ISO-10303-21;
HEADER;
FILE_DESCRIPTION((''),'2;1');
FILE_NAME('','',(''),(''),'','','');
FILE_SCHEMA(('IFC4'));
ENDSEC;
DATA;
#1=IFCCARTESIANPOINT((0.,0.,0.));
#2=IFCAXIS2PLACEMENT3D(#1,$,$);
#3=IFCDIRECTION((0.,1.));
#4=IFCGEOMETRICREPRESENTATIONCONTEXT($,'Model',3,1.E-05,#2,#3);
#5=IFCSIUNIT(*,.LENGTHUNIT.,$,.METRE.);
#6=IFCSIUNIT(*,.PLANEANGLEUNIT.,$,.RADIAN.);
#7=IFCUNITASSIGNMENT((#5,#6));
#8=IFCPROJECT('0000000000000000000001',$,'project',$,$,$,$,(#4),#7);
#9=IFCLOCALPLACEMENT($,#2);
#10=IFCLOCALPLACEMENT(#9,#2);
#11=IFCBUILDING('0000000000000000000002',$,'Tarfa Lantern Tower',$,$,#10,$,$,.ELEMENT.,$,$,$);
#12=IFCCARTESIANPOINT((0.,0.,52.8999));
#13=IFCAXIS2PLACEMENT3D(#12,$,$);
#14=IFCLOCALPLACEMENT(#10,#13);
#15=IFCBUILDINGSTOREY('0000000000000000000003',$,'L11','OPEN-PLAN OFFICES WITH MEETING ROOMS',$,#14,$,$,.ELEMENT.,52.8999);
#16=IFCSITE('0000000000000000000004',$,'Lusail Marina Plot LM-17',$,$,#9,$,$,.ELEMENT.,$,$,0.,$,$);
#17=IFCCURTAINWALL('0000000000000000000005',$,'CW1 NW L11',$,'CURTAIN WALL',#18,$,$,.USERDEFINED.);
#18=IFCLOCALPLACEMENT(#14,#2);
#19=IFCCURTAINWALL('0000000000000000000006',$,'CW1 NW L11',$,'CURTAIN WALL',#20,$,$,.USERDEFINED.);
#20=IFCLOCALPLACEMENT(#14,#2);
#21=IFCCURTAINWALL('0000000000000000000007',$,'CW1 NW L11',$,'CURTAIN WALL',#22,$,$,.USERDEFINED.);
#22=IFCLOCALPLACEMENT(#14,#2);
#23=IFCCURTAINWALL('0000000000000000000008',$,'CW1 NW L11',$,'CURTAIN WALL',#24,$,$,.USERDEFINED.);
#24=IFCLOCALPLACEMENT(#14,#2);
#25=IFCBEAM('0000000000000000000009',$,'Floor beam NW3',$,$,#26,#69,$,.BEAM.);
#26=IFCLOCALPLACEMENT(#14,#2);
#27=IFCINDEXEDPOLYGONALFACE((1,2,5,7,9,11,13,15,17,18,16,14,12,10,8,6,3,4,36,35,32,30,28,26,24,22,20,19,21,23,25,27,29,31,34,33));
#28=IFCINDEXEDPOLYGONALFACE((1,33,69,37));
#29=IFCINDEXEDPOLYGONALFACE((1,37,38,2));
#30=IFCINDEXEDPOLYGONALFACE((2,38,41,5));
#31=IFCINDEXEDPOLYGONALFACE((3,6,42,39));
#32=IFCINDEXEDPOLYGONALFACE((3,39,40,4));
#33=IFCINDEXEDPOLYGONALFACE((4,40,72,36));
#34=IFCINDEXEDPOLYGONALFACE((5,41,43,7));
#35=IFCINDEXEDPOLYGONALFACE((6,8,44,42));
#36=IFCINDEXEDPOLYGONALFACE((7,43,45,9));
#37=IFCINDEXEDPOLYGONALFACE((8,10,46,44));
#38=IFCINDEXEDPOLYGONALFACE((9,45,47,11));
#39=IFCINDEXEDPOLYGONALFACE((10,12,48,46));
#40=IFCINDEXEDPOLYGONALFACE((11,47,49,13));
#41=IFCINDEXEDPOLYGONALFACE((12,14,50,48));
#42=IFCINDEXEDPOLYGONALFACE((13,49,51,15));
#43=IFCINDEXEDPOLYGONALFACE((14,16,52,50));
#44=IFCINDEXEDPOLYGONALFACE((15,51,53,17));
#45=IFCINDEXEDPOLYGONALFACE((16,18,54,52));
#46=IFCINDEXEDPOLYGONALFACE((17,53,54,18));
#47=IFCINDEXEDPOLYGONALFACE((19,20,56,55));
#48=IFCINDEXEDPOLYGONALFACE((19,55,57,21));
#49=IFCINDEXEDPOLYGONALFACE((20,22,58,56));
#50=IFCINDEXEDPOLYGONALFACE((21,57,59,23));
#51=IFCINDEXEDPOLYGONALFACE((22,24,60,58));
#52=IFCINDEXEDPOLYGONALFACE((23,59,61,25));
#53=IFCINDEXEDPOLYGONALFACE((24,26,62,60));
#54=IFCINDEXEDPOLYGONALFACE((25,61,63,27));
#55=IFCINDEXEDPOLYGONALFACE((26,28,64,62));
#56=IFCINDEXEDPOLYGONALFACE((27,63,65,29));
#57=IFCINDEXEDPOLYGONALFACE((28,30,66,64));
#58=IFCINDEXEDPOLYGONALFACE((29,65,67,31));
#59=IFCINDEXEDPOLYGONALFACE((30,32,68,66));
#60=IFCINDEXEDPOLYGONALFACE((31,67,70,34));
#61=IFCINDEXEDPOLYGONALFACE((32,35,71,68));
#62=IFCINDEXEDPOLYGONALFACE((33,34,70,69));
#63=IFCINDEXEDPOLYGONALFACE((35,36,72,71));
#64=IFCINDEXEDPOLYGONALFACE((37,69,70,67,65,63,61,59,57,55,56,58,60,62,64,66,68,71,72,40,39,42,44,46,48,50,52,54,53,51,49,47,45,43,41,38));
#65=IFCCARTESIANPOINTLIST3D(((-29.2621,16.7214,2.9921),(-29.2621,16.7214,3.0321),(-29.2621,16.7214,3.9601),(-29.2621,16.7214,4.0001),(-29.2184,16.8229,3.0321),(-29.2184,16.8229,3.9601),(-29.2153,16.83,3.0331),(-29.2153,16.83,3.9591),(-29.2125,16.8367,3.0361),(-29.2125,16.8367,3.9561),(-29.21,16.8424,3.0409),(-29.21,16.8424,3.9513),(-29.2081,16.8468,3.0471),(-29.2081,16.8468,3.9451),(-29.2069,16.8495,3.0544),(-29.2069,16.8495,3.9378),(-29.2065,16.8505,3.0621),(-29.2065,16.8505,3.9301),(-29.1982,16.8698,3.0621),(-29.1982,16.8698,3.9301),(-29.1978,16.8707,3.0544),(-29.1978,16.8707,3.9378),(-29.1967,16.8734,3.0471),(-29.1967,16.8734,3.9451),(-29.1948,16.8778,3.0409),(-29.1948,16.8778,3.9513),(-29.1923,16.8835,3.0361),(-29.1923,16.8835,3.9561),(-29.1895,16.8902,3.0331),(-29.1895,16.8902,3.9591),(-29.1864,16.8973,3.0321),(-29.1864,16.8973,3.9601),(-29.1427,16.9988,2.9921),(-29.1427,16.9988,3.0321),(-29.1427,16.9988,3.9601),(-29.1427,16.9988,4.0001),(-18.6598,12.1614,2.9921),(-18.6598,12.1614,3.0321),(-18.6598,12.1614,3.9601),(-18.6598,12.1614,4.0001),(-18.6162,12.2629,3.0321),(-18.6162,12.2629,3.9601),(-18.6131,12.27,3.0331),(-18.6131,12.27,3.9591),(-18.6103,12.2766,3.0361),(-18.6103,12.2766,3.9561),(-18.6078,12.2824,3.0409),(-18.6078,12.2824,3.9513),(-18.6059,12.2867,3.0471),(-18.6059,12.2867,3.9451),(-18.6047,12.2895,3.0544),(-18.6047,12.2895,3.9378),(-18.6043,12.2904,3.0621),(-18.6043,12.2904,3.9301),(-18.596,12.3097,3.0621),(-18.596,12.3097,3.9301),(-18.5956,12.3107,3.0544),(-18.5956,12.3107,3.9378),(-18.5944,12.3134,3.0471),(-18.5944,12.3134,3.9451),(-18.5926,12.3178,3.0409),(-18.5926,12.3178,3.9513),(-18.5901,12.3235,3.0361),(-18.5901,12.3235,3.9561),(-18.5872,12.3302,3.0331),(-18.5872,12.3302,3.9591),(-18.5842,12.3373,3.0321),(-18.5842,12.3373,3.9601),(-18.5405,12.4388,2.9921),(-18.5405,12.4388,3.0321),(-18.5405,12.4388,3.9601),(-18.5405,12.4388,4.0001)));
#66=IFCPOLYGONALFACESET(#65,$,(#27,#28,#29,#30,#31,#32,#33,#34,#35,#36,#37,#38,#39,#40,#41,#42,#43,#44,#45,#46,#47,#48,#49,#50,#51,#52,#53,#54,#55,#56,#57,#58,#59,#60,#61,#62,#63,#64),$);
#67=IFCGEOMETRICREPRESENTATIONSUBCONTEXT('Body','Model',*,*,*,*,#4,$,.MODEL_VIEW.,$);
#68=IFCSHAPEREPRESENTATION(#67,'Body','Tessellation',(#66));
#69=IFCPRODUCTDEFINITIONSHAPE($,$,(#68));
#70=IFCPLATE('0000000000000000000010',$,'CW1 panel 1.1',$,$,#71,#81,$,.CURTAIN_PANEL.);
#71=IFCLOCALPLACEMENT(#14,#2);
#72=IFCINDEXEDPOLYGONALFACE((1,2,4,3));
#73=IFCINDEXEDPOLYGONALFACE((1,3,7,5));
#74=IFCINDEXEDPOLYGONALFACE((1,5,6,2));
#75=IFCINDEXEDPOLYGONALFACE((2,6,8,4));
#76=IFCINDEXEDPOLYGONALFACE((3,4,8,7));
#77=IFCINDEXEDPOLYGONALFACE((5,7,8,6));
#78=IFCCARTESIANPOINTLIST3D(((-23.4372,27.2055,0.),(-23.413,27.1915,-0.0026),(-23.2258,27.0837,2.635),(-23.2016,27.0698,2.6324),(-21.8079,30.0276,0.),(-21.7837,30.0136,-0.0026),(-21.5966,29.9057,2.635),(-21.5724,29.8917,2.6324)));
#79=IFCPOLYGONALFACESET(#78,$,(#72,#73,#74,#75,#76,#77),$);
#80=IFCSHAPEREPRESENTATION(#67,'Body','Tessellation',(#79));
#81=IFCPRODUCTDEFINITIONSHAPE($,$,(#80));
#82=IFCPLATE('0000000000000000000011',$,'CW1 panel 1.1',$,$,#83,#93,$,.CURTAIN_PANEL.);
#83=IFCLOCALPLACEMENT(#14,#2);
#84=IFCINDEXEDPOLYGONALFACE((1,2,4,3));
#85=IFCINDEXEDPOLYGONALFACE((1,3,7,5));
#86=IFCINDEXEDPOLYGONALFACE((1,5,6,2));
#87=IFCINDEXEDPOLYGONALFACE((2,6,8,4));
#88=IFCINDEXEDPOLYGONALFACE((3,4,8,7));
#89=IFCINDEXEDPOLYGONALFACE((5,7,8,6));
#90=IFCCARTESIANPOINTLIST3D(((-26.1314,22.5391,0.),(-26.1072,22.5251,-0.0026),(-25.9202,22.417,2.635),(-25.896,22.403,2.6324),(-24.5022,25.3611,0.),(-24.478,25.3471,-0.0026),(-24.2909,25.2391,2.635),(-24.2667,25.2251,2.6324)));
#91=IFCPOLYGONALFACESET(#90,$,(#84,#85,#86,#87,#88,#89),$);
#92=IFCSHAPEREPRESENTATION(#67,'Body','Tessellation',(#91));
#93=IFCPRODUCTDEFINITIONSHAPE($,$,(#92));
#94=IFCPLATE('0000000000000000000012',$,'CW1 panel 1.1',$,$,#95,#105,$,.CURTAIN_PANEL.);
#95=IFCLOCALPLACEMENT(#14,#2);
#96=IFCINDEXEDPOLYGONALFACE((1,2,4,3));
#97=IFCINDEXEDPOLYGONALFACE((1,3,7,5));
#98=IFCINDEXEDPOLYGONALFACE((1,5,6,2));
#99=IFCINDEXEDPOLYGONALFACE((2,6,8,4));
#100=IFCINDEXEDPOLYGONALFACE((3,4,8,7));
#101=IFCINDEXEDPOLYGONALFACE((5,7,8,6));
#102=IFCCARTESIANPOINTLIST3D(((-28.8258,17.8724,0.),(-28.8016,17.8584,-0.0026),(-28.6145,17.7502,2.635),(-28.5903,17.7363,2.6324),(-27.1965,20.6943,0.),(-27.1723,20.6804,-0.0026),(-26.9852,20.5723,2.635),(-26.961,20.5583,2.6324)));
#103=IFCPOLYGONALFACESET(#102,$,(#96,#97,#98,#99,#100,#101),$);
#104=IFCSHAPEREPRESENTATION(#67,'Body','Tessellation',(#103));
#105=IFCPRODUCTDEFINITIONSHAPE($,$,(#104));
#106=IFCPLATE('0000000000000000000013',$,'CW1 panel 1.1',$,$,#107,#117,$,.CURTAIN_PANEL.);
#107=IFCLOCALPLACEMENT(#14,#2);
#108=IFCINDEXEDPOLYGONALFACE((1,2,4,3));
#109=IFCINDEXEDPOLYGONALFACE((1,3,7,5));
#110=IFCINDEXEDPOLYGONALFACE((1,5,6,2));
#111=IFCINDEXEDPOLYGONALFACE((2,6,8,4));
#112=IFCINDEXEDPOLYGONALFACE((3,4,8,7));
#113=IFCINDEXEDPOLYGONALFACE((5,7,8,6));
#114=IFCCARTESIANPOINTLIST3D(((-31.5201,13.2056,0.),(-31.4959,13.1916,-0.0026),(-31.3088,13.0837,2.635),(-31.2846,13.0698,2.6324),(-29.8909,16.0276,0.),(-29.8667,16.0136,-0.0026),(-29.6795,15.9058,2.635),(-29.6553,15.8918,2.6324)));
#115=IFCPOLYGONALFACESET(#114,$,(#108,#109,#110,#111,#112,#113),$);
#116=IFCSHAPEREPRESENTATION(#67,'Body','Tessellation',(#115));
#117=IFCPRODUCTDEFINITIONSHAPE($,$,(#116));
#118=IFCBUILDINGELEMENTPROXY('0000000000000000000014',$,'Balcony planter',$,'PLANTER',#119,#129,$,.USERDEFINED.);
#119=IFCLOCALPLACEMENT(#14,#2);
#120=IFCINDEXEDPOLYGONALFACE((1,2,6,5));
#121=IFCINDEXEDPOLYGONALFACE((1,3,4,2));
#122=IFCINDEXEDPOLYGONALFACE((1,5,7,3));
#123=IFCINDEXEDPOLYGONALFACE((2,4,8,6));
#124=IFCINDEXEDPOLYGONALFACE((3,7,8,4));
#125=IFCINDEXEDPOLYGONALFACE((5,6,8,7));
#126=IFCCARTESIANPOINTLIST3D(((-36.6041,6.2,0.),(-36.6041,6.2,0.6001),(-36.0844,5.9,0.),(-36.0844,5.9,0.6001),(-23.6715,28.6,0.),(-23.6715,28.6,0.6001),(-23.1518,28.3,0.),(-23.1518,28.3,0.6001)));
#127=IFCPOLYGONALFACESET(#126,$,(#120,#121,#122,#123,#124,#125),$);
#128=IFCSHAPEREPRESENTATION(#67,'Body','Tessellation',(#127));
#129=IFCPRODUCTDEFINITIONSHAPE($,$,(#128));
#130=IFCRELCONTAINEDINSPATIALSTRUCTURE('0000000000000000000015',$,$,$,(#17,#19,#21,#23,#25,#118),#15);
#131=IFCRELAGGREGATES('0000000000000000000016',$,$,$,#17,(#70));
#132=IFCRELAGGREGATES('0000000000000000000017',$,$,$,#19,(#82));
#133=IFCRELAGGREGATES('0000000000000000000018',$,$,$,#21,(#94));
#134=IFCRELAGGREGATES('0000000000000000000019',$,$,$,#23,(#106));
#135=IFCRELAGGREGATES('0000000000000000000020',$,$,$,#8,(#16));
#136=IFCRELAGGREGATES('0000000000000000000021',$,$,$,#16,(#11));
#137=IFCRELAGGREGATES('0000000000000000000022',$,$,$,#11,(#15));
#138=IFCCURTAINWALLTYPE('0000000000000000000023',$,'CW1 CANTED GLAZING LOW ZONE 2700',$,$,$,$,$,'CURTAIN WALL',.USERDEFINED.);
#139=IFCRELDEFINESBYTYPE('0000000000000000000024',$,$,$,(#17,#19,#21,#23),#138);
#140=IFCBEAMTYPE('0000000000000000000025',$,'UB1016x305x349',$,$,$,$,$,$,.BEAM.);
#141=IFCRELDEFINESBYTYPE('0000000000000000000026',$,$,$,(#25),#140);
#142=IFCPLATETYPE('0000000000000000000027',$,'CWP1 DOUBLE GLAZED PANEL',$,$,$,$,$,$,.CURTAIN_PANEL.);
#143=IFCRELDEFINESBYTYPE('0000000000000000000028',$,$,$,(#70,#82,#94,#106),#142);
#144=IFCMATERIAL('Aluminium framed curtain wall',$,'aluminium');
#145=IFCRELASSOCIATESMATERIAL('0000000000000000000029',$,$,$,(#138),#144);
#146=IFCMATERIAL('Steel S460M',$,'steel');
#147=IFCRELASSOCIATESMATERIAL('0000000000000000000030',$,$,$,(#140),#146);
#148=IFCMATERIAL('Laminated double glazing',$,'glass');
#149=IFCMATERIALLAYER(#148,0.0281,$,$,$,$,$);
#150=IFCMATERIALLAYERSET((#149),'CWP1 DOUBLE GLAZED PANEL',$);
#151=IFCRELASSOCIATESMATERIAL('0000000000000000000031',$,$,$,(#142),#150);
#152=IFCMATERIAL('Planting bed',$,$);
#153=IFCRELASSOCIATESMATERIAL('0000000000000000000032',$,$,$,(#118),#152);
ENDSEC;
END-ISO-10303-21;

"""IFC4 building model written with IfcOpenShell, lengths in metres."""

from ifc_helpers import new_model, si_unit, direction, frame, origin, origin_2d, place, context, subcontext, project, spatial, polyline, rectangle, i_section, outline, extrude, material, layer, layer_set, material_profile, profile_set, type_object, element, aggregate, save


model = new_model("IFC4")

# Units and contexts
model_context = context("Model", 3, precision=1e-05, world=origin(), true_north=direction((0.0, 1.0)))
body_context = subcontext(model_context, "Body", "Model", "MODEL_VIEW")
ifc_project = project(units=[si_unit("LENGTHUNIT", "METRE"), si_unit("PLANEANGLEUNIT", "RADIAN")], contexts=[model_context])

# Site, building, storey
site_placement = place(None, origin())
site = spatial("IfcSite", under=ifc_project, at=site_placement, Name="Lusail Marina Plot LM-17", CompositionType="ELEMENT", RefElevation=0.0)
building_placement = place(site_placement, origin())
building = spatial("IfcBuilding", under=site, at=building_placement, Name="Tarfa Lantern Tower", CompositionType="ELEMENT")
storey_placement = place(building_placement, frame((0.0, 0.0, 52.8999)))
storey = spatial("IfcBuildingStorey", under=building, at=storey_placement, Name="L11", Description="OPEN-PLAN OFFICES WITH MEETING ROOMS", CompositionType="ELEMENT", Elevation=52.8999)

# Curtain walls
ifc_material_1 = material(Name="Aluminium framed curtain wall", Category="aluminium")
curtain_wall_type = type_object("IfcCurtainWallType", Name="CW1 CANTED GLAZING LOW ZONE 2700", ElementType="CURTAIN WALL", PredefinedType="USERDEFINED", material=ifc_material_1)
curtain_wall_1_placement = place(storey_placement, origin())
curtain_wall_1 = element("IfcCurtainWall", 1, at=curtain_wall_1_placement, inside=storey, type_object=curtain_wall_type, Name="CW1 NW L11", ObjectType="CURTAIN WALL", PredefinedType="USERDEFINED")
curtain_wall_2_placement = place(storey_placement, origin())
curtain_wall_2 = element("IfcCurtainWall", 2, at=curtain_wall_2_placement, inside=storey, type_object=curtain_wall_type, Name="CW1 NW L11", ObjectType="CURTAIN WALL", PredefinedType="USERDEFINED")
curtain_wall_3_placement = place(storey_placement, origin())
curtain_wall_3 = element("IfcCurtainWall", 3, at=curtain_wall_3_placement, inside=storey, type_object=curtain_wall_type, Name="CW1 NW L11", ObjectType="CURTAIN WALL", PredefinedType="USERDEFINED")

# Curtain wall
curtain_wall_4_placement = place(storey_placement, origin())
curtain_wall_4 = element("IfcCurtainWall", 4, at=curtain_wall_4_placement, inside=storey, type_object=curtain_wall_type, Name="CW1 NW L11", ObjectType="CURTAIN WALL", PredefinedType="USERDEFINED")

# Beam
ifc_material_2 = material(Name="Steel S460M", Category="steel")
ifc_material_profile_1 = material_profile(ifc_material_2, i_section(OverallWidth=0.302, OverallDepth=1.0081, WebThickness=0.021, FlangeThickness=0.04, FilletRadius=0.03, at=origin_2d()), Name="UB1016x305x349")
ifc_profile_set_1 = profile_set([ifc_material_profile_1], Name="Steel S460M")
beam_type_1 = type_object("IfcBeamType", Name="UB1016x305x349", PredefinedType="BEAM", material=ifc_profile_set_1)
beam_1_placement = place(storey_placement, frame((-29.2024, 16.8601, 3.4961), z_axis=(0.918635, -0.395106, 0.0), x_axis=(0.395106, 0.918635, 0.0)))
element("IfcBeam", 5, at=beam_1_placement, inside=storey, type_object=beam_type_1, Name="Floor beam NW3", PredefinedType="BEAM", context=body_context, shape_type="SweptSolid", body=[
    extrude(i_section(OverallWidth=0.302, OverallDepth=1.0081, WebThickness=0.021, FlangeThickness=0.04, FilletRadius=0.03, at=origin_2d()), origin(), (0.0, 0.0, 1.0), 11.5413),
])

# Plates
ifc_material_3 = material(Name="Laminated double glazing", Category="glass")
ifc_layer = layer(ifc_material_3, 0.0281)
ifc_layer_set = layer_set([ifc_layer], Name="CWP1 DOUBLE GLAZED PANEL")
plate_type = type_object("IfcPlateType", Name="CWP1 DOUBLE GLAZED PANEL", PredefinedType="CURTAIN_PANEL", material=ifc_layer_set)
plate_1_placement = place(storey_placement, frame((-21.8079, 30.0276, 0.0), z_axis=(-0.862342, 0.497867, 0.09217), x_axis=(-0.499995, -0.866028, -0.000003)))
plate_1 = element("IfcPlate", 6, at=plate_1_placement, type_object=plate_type, Name="CW1 panel 1.1", PredefinedType="CURTAIN_PANEL", context=body_context, shape_type="SweptSolid", body=[
    extrude(outline(polyline([(0.0, 0.0), (3.2586, 0.0), (3.2584, 2.6463), (-0.0001, 2.6463), (0.0, 0.0)])), origin(), (0.0, 0.0, -1.0), 0.0281),
])
aggregate(curtain_wall_1, [plate_1])
plate_2_placement = place(storey_placement, frame((-24.5022, 25.3611, 0.0), z_axis=(-0.862338, 0.497864, 0.092216), x_axis=(-0.499995, -0.866029, 0.000003)))
plate_2 = element("IfcPlate", 7, at=plate_2_placement, type_object=plate_type, Name="CW1 panel 1.1", PredefinedType="CURTAIN_PANEL", context=body_context, shape_type="SweptSolid", body=[
    extrude(outline(polyline([(0.0, 0.0), (3.2585, 0.0), (3.2587, 2.6463), (0.0, 2.6463), (0.0, 0.0)])), origin(), (0.0, 0.0, -1.0), 0.0281),
])
aggregate(curtain_wall_2, [plate_2])
plate_3_placement = place(storey_placement, frame((-27.1965, 20.6943, 0.0), z_axis=(-0.862338, 0.497864, 0.092216), x_axis=(-0.499995, -0.866029, 0.000003)))
plate_3 = element("IfcPlate", 8, at=plate_3_placement, type_object=plate_type, Name="CW1 panel 1.1", PredefinedType="CURTAIN_PANEL", context=body_context, shape_type="SweptSolid", body=[
    extrude(outline(polyline([(0.0, 0.0), (3.2585, 0.0), (3.2587, 2.6463), (0.0, 2.6463), (0.0, 0.0)])), origin(), (0.0, 0.0, -1.0), 0.0281),
])
aggregate(curtain_wall_3, [plate_3])
plate_4_placement = place(storey_placement, frame((-29.8909, 16.0276, 0.0), z_axis=(-0.862342, 0.497867, 0.09217), x_axis=(-0.499995, -0.866029, 0.000003)))
plate_4 = element("IfcPlate", 9, at=plate_4_placement, type_object=plate_type, Name="CW1 panel 1.1", PredefinedType="CURTAIN_PANEL", context=body_context, shape_type="SweptSolid", body=[
    extrude(outline(polyline([(0.0, 0.0), (3.2585, 0.0), (3.2584, 2.6463), (-0.0002, 2.6463), (0.0, 0.0)])), origin(), (0.0, 0.0, -1.0), 0.0281),
])
aggregate(curtain_wall_4, [plate_4])

# Building element proxy
ifc_material_4 = material(Name="Planting bed")
proxy_placement = place(storey_placement, frame((-29.8779, 17.25, 0.0), z_axis=(0.0, 0.0, 1.0), x_axis=(-0.5, -0.866025, 0.0)))
element("IfcBuildingElementProxy", 10, at=proxy_placement, inside=storey, material=ifc_material_4, Name="Balcony planter", ObjectType="PLANTER", PredefinedType="USERDEFINED", context=body_context, shape_type="SweptSolid", body=[
    extrude(rectangle(XDim=25.8652, YDim=0.6001, at=origin_2d()), origin(), (0.0, 0.0, 1.0), 0.6001),
])

save(model, "model.ifc")
